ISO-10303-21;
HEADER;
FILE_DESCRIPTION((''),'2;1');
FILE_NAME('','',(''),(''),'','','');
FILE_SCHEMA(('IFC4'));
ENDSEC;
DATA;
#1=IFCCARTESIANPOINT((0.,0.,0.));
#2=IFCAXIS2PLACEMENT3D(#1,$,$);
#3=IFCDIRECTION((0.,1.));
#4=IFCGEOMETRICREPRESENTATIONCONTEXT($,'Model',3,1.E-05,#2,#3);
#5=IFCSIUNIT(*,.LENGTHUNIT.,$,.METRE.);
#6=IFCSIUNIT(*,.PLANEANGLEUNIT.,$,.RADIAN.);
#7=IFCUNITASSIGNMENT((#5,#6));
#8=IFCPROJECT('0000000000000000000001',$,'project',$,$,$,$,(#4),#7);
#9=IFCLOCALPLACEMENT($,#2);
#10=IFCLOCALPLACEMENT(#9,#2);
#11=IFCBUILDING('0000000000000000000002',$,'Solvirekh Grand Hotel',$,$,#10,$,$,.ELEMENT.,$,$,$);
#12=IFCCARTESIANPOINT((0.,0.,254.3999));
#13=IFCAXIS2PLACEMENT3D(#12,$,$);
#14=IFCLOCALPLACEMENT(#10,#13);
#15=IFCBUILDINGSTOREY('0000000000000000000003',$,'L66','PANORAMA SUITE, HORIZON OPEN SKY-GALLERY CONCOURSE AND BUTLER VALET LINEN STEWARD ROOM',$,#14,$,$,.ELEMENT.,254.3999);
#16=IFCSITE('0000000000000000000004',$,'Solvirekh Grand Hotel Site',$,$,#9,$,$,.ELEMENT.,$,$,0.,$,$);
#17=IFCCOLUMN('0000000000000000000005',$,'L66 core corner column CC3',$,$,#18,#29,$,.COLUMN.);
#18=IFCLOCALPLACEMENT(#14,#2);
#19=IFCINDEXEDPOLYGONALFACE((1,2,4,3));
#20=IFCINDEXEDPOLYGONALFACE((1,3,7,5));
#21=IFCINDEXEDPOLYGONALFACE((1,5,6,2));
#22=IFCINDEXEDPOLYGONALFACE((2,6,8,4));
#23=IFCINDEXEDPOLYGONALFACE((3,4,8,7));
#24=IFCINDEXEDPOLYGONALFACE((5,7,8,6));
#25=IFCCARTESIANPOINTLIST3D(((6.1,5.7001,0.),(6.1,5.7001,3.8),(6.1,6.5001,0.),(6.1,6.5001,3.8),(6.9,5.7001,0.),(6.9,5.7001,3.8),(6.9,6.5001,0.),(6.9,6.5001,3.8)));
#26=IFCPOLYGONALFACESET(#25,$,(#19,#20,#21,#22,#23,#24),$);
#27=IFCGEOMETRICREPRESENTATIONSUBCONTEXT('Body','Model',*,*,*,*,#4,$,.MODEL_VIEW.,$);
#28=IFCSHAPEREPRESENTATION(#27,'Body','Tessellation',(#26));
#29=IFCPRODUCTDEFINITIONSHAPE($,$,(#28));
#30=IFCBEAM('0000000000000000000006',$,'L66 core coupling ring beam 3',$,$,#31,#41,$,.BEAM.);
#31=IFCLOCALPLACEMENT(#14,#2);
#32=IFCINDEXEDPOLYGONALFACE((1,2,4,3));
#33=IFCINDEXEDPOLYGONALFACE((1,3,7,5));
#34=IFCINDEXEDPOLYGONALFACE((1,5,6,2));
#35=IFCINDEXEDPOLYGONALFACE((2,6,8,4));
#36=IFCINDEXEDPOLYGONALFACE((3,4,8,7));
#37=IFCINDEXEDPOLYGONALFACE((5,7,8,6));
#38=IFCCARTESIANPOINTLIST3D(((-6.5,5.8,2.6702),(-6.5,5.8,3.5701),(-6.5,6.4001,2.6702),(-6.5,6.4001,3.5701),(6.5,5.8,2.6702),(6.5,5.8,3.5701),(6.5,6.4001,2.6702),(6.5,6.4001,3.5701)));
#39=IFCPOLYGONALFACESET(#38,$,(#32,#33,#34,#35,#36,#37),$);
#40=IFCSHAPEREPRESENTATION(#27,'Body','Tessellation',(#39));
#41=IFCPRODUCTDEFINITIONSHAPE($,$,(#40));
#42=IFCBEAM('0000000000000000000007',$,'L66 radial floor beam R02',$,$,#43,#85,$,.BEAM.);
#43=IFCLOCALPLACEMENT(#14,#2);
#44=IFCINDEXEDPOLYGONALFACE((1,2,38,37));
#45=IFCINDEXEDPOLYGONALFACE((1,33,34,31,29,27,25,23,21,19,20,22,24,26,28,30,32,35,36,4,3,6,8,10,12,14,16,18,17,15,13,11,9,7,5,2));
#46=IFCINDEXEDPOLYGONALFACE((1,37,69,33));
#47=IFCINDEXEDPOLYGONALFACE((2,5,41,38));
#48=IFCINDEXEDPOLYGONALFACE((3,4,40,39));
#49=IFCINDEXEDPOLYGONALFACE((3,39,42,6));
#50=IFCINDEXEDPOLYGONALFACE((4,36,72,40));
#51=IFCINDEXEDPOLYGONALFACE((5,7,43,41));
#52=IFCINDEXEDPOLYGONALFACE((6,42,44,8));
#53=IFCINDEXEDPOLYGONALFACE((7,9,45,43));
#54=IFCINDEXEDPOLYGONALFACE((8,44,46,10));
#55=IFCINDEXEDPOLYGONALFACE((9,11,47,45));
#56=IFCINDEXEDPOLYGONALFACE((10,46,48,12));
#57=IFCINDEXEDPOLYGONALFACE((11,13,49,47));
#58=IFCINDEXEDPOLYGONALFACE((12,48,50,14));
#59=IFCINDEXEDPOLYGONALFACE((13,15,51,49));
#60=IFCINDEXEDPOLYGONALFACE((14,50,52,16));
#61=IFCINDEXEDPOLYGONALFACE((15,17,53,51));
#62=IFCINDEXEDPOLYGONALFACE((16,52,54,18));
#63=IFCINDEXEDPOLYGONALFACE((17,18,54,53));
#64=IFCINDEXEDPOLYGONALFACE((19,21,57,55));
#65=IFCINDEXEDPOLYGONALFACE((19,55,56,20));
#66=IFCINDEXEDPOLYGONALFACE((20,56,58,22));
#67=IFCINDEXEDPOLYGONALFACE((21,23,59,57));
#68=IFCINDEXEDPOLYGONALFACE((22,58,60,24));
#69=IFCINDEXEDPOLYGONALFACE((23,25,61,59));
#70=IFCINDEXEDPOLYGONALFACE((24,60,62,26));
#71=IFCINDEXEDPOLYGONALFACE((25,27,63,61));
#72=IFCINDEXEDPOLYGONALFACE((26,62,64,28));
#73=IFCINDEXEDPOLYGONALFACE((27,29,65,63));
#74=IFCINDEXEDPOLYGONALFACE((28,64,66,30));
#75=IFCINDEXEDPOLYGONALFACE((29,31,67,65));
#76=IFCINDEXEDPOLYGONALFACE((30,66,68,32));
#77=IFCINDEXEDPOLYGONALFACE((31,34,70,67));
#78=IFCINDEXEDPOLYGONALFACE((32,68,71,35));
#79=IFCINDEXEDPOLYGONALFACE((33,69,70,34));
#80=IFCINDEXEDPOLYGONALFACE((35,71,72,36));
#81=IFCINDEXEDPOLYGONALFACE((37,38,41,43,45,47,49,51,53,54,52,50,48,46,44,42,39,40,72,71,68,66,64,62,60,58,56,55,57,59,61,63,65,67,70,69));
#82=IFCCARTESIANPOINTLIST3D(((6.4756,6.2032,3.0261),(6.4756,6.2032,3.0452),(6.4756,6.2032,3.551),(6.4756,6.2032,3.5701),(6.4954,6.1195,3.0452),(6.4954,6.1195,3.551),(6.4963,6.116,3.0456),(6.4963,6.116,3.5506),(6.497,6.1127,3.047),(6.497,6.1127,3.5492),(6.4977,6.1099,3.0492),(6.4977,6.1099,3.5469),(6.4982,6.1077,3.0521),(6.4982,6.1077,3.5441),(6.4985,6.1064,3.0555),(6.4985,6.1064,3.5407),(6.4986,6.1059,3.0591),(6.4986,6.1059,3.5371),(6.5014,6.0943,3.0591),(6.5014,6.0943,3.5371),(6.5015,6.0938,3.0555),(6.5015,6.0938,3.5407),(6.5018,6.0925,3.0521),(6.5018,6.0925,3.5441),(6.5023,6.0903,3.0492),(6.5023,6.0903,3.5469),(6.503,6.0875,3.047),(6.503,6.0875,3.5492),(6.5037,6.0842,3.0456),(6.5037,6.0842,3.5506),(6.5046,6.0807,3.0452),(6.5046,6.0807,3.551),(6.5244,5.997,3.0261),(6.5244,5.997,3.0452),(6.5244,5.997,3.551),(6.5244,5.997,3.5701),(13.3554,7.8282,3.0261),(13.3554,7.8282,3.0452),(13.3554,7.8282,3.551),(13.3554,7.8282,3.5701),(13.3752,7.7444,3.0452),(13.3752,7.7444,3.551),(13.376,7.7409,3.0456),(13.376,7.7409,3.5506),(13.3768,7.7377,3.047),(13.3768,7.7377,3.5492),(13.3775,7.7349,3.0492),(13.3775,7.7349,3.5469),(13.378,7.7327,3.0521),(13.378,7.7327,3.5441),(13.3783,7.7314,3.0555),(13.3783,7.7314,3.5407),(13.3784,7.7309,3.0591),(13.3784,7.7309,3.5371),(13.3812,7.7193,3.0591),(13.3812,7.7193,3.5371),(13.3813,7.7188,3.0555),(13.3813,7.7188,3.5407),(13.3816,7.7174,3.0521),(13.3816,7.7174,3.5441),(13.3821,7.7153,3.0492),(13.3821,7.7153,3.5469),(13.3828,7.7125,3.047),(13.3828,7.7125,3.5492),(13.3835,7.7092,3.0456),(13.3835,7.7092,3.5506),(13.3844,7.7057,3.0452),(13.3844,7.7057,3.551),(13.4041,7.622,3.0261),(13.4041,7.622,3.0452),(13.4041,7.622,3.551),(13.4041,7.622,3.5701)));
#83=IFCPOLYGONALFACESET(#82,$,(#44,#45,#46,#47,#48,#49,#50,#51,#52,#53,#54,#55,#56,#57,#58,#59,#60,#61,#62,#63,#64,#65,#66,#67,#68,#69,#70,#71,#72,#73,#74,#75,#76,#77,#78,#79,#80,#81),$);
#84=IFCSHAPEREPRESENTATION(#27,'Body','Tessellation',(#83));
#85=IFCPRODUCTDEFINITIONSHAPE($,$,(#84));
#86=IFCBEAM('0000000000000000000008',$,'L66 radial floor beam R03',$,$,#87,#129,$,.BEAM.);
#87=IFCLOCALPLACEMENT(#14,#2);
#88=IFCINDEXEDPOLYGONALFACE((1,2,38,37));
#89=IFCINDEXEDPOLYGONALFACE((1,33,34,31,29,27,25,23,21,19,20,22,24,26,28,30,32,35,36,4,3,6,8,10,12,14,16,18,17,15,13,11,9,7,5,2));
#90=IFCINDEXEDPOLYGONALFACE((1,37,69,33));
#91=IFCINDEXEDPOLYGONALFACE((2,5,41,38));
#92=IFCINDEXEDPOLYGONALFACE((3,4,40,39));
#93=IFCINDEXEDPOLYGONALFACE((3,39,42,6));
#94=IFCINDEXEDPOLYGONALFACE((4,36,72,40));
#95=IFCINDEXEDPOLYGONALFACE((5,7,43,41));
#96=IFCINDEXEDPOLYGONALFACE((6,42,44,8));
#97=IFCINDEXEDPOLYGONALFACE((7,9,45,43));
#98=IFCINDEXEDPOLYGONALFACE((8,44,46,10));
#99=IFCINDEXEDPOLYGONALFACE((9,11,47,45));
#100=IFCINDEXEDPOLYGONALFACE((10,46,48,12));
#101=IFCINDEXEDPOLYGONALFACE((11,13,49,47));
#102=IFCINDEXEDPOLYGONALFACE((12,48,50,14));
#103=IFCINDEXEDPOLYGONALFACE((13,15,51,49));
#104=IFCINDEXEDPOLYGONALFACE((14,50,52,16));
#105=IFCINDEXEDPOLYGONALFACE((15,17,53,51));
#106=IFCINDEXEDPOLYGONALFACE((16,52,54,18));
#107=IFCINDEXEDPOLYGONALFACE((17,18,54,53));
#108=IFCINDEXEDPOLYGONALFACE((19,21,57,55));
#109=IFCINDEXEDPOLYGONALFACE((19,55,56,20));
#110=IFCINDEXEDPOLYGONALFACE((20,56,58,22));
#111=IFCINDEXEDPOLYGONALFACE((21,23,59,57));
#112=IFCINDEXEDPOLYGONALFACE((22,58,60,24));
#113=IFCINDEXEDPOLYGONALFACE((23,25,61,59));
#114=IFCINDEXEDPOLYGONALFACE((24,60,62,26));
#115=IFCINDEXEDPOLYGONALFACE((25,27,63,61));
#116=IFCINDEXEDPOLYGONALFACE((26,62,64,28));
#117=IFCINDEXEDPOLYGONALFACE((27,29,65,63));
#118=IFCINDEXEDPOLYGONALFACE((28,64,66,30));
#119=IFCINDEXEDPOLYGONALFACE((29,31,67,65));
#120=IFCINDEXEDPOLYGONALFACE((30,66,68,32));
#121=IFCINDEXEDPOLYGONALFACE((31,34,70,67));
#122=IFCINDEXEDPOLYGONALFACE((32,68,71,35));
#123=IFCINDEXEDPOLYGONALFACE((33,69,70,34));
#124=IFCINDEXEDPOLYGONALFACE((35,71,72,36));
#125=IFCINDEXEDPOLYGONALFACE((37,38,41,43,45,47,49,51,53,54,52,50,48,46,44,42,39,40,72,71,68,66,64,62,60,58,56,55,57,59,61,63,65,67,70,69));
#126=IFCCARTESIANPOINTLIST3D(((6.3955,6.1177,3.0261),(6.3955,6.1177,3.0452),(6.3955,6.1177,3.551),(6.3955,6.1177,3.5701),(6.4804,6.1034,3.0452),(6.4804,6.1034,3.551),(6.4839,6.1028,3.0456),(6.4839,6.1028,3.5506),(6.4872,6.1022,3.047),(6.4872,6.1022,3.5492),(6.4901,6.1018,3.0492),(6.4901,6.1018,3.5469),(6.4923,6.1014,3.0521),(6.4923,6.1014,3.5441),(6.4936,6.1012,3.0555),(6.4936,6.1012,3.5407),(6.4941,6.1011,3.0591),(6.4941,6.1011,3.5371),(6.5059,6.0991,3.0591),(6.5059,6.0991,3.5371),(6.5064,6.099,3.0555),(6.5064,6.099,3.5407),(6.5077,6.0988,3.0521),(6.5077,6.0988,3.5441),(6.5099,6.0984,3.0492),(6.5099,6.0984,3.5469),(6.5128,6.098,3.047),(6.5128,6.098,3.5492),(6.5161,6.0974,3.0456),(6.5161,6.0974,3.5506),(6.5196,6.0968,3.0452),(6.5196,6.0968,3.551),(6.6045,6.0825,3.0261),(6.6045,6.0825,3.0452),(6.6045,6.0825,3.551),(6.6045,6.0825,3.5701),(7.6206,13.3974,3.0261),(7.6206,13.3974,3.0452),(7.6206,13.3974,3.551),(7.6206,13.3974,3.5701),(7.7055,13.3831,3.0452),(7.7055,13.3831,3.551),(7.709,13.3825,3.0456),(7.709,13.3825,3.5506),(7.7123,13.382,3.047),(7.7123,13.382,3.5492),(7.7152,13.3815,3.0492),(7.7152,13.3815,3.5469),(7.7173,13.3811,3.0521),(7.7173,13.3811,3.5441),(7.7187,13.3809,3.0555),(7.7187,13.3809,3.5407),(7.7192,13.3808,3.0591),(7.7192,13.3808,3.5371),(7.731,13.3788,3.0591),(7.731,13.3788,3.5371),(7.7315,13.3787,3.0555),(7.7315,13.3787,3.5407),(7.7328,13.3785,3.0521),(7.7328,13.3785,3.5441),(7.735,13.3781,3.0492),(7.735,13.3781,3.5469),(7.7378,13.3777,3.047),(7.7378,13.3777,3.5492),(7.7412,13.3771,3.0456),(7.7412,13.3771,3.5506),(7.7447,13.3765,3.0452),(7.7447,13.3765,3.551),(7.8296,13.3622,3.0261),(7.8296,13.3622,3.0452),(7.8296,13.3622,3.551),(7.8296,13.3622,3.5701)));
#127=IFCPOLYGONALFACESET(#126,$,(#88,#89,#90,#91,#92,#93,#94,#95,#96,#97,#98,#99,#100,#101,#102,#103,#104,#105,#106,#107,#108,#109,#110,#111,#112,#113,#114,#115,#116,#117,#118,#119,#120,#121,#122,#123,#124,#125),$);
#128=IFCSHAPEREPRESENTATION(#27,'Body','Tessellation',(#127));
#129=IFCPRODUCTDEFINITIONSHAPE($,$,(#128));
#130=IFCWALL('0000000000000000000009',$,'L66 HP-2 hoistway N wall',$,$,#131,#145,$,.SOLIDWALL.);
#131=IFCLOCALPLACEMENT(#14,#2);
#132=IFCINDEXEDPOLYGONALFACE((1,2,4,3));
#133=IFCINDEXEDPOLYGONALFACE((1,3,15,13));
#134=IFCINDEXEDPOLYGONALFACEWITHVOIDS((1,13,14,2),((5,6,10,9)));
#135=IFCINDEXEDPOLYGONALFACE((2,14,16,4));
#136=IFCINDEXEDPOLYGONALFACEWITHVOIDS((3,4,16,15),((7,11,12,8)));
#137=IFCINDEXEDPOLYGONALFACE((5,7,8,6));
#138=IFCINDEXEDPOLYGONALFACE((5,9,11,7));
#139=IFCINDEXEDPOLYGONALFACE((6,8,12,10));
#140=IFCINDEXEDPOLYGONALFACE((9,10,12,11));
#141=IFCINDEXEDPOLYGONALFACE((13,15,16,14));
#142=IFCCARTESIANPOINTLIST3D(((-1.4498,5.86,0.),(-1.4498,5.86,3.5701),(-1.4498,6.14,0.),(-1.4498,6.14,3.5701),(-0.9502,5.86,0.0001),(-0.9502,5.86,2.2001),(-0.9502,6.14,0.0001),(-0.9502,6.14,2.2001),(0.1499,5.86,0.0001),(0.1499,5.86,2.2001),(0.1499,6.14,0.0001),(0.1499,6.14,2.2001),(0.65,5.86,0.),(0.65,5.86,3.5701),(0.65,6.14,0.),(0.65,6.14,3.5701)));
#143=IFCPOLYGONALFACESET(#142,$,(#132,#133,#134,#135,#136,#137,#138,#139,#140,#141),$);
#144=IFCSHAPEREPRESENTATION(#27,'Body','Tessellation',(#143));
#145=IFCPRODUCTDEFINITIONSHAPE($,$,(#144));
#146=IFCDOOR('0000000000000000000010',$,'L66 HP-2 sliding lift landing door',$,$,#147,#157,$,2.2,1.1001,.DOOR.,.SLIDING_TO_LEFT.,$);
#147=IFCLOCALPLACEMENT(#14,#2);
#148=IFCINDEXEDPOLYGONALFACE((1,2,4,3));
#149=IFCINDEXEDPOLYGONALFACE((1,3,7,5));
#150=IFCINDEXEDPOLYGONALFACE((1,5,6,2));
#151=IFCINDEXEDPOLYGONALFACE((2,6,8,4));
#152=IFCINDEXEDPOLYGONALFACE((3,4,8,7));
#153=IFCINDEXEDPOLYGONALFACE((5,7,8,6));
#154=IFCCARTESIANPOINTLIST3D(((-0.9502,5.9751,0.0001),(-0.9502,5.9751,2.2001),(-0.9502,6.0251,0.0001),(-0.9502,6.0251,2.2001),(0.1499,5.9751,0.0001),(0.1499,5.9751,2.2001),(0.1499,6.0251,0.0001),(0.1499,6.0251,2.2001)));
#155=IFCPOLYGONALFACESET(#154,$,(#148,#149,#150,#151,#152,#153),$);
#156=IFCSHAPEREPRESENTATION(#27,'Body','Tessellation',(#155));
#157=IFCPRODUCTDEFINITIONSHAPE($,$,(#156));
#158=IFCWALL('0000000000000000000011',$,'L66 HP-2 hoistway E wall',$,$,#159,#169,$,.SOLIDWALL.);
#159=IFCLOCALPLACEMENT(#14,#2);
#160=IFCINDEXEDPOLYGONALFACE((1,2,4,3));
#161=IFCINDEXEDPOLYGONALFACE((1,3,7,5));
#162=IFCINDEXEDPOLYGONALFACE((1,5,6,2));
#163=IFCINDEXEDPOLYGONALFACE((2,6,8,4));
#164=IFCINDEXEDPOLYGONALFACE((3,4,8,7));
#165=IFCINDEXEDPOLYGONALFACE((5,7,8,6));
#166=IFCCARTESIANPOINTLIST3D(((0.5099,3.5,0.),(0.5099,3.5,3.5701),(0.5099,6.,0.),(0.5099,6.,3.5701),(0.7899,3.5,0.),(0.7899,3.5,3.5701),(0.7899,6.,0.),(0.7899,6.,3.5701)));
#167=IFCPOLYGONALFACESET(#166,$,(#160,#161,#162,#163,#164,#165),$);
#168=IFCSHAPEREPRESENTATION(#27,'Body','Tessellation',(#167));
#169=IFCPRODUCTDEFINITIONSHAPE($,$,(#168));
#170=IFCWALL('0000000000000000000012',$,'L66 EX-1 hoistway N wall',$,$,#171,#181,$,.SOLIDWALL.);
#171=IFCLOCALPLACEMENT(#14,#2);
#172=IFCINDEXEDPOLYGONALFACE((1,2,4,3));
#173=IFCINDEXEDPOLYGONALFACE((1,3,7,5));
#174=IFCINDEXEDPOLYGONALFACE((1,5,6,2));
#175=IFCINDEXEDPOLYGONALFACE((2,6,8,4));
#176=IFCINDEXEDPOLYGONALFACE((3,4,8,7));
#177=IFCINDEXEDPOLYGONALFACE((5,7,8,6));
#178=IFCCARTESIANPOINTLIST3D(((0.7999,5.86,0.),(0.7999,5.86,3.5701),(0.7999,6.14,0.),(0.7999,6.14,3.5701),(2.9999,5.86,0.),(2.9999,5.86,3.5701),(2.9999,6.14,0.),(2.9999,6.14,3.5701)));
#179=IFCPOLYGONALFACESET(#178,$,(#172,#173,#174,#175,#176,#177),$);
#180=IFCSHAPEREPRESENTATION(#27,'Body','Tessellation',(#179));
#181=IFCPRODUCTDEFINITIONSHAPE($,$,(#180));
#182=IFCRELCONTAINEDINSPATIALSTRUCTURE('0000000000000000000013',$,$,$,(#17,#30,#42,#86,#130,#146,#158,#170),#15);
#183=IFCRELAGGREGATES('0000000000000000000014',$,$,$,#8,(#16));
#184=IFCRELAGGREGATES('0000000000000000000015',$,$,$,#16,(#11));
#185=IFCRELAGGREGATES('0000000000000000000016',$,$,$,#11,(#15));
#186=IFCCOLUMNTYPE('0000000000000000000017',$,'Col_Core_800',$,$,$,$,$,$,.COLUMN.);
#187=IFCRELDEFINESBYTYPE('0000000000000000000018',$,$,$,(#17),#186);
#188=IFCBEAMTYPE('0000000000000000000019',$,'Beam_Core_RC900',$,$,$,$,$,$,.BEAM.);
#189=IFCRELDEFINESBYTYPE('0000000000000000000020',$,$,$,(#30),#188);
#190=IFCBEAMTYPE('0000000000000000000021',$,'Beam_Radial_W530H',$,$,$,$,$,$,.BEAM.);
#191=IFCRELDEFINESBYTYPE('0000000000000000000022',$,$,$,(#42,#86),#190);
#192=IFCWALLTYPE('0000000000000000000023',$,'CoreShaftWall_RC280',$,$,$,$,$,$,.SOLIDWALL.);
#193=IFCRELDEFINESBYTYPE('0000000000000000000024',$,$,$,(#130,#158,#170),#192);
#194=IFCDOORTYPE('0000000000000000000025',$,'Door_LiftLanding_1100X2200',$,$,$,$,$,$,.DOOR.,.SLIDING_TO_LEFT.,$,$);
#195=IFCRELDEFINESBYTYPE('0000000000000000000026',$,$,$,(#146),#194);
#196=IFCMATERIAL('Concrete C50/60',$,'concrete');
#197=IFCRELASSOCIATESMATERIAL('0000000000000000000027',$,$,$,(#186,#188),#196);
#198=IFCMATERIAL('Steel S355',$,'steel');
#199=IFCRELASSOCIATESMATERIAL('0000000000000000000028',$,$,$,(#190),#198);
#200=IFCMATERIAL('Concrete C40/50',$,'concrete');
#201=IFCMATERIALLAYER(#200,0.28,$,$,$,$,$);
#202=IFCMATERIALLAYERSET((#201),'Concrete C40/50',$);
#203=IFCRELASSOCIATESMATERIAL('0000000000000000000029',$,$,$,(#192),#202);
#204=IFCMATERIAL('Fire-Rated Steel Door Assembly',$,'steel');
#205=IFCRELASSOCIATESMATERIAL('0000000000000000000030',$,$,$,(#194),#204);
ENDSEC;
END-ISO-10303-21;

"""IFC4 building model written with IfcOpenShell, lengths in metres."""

from ifc_helpers import new_model, si_unit, direction, frame, frame_2d, origin, origin_2d, place, context, subcontext, project, spatial, rectangle, i_section, extrude, material, layer, layer_set, material_profile, profile_set, type_object, element, fill, save


model = new_model("IFC4")

# Units and contexts
model_context = context("Model", 3, precision=1e-05, world=origin(), true_north=direction((0.0, 1.0)))
body_context = subcontext(model_context, "Body", "Model", "MODEL_VIEW")
ifc_project = project(units=[si_unit("LENGTHUNIT", "METRE"), si_unit("PLANEANGLEUNIT", "RADIAN")], contexts=[model_context])

# Site, building, storey
site_placement = place(None, origin())
site = spatial("IfcSite", under=ifc_project, at=site_placement, Name="Solvirekh Grand Hotel Site", CompositionType="ELEMENT", RefElevation=0.0)
building_placement = place(site_placement, origin())
building = spatial("IfcBuilding", under=site, at=building_placement, Name="Solvirekh Grand Hotel", CompositionType="ELEMENT")
storey_placement = place(building_placement, frame((0.0, 0.0, 254.3999)))
storey = spatial("IfcBuildingStorey", under=building, at=storey_placement, Name="L66", Description="PANORAMA SUITE, HORIZON OPEN SKY-GALLERY CONCOURSE AND BUTLER VALET LINEN STEWARD ROOM", CompositionType="ELEMENT", Elevation=254.3999)

# Column
ifc_material_1 = material(Name="Concrete C50/60", Category="concrete")
ifc_material_profile_1 = material_profile(ifc_material_1, rectangle(XDim=0.8, YDim=0.8, at=origin_2d()), Name="RC 800X800")
ifc_profile_set_1 = profile_set([ifc_material_profile_1], Name="Concrete C50/60")
column_type = type_object("IfcColumnType", Name="Col_Core_800", PredefinedType="COLUMN", material=ifc_profile_set_1)
column_placement = place(storey_placement, frame((6.5, 6.1001, 0.0), z_axis=(0.0, 0.0, 1.0), x_axis=(1.0, 0.0, 0.0)))
element("IfcColumn", 1, at=column_placement, inside=storey, type_object=column_type, Name="L66 core corner column CC3", PredefinedType="COLUMN", context=body_context, shape_type="SweptSolid", body=[
    extrude(rectangle(XDim=0.8, YDim=0.8, at=origin_2d()), origin(), (0.0, 0.0, 1.0), 3.8),
])

# Beams
ifc_material_profile_2 = material_profile(ifc_material_1, rectangle(XDim=0.6001, YDim=0.8999, at=origin_2d()), Name="RC BEAM 600X900")
ifc_profile_set_2 = profile_set([ifc_material_profile_2], Name="Concrete C50/60")
beam_type_1 = type_object("IfcBeamType", Name="Beam_Core_RC900", PredefinedType="BEAM", material=ifc_profile_set_2)
beam_1_placement = place(storey_placement, frame((6.5, 6.1001, 3.1201), z_axis=(-1.0, 0.0, 0.0), x_axis=(0.0, -1.0, 0.0)))
element("IfcBeam", 2, at=beam_1_placement, inside=storey, type_object=beam_type_1, Name="L66 core coupling ring beam 3", PredefinedType="BEAM", context=body_context, shape_type="SweptSolid", body=[
    extrude(rectangle(XDim=0.6001, YDim=0.8999, at=origin_2d()), origin(), (0.0, 0.0, 1.0), 13.0),
])
ifc_material_2 = material(Name="Steel S355", Category="steel")
ifc_material_profile_3 = material_profile(ifc_material_2, i_section(OverallWidth=0.2119, OverallDepth=0.5439, WebThickness=0.012, FlangeThickness=0.019, FilletRadius=0.0139, at=origin_2d()), Name="W530X123")
ifc_profile_set_3 = profile_set([ifc_material_profile_3], Name="Steel S355")
beam_type_2 = type_object("IfcBeamType", Name="Beam_Radial_W530H", PredefinedType="BEAM", material=ifc_profile_set_3)
beam_2_placement = place(storey_placement, frame((6.5, 6.1001, 3.2981), z_axis=(0.973221, 0.229871, 0.0), x_axis=(-0.229871, 0.973221, 0.0)))
element("IfcBeam", 3, at=beam_2_placement, inside=storey, type_object=beam_type_2, Name="L66 radial floor beam R02", PredefinedType="BEAM", context=body_context, shape_type="SweptSolid", body=[
    extrude(i_section(OverallWidth=0.2119, OverallDepth=0.5439, WebThickness=0.012, FlangeThickness=0.019, FilletRadius=0.0139, at=origin_2d()), origin(), (0.0, 0.0, 1.0), 7.0691),
])
beam_3_placement = place(storey_placement, frame((6.5, 6.1001, 3.2981), z_axis=(0.165954, 0.986133, 0.0), x_axis=(-0.986133, 0.165954, 0.0)))
element("IfcBeam", 4, at=beam_3_placement, inside=storey, type_object=beam_type_2, Name="L66 radial floor beam R03", PredefinedType="BEAM", context=body_context, shape_type="SweptSolid", body=[
    extrude(i_section(OverallWidth=0.2119, OverallDepth=0.5439, WebThickness=0.012, FlangeThickness=0.019, FilletRadius=0.0139, at=origin_2d()), origin(), (0.0, 0.0, 1.0), 7.3821),
])

# Wall, opening, door
ifc_material_3 = material(Name="Concrete C40/50", Category="concrete")
ifc_layer_1 = layer(ifc_material_3, 0.28)
ifc_layer_set_1 = layer_set([ifc_layer_1], Name="Concrete C40/50")
wall_type_1 = type_object("IfcWallType", Name="CoreShaftWall_RC280", PredefinedType="SOLIDWALL", material=ifc_layer_set_1)
wall_1_placement = place(storey_placement, frame((0.6499, 6.0, 0.0), z_axis=(0.0, 0.0, 1.0), x_axis=(-1.0, 0.0, 0.0)))
wall_1 = element("IfcWall", 5, at=wall_1_placement, inside=storey, type_object=wall_type_1, Name="L66 HP-2 hoistway N wall", PredefinedType="SOLIDWALL", context=body_context, shape_type="SweptSolid", body=[
    extrude(rectangle(XDim=2.0999, YDim=0.28, at=frame_2d((1.0498, 0.0))), origin(), (0.0, 0.0, 1.0), 3.5701),
])
opening_1_placement = place(wall_1_placement, frame((0.5, 0.0, 0.0)))
opening_1 = element("IfcOpeningElement", 6, at=opening_1_placement, cuts=wall_1, PredefinedType="OPENING", context=body_context, shape_type="SweptSolid", body=[
    extrude(rectangle(XDim=1.1001, YDim=2.2, at=frame_2d((0.55, 1.1001))), frame((0.0, 0.1499, 0.0), z_axis=(0.0, -1.0, 0.0), x_axis=(1.0, 0.0, 0.0)), (0.0, 0.0, 1.0), 0.3),
])
ifc_material_4 = material(Name="Fire-Rated Steel Door Assembly", Category="steel")
door_type = type_object("IfcDoorType", Name="Door_LiftLanding_1100X2200", OperationType="SLIDING_TO_LEFT", PredefinedType="DOOR", material=ifc_material_4)
door_placement = place(opening_1_placement, origin())
door = element("IfcDoor", 7, at=door_placement, inside=storey, type_object=door_type, Name="L66 HP-2 sliding lift landing door", OperationType="SLIDING_TO_LEFT", OverallHeight=2.2, OverallWidth=1.1001, PredefinedType="DOOR", context=body_context, shape_type="SweptSolid", body=[
    extrude(rectangle(XDim=1.1001, YDim=2.2, at=frame_2d((0.55, 1.1001))), frame((0.0, 0.0249, 0.0), z_axis=(0.0, -1.0, 0.0), x_axis=(1.0, 0.0, 0.0)), (0.0, 0.0, 1.0), 0.05),
])
fill(opening_1, door)

# Walls
wall_2_placement = place(storey_placement, frame((0.6499, 3.5, 0.0), z_axis=(0.0, 0.0, 1.0), x_axis=(0.0, 1.0, 0.0)))
element("IfcWall", 8, at=wall_2_placement, inside=storey, type_object=wall_type_1, Name="L66 HP-2 hoistway E wall", PredefinedType="SOLIDWALL", context=body_context, shape_type="SweptSolid", body=[
    extrude(rectangle(XDim=2.5, YDim=0.28, at=frame_2d((1.25, 0.0))), origin(), (0.0, 0.0, 1.0), 3.5701),
])
wall_3_placement = place(storey_placement, frame((3.0, 6.0, 0.0), z_axis=(0.0, 0.0, 1.0), x_axis=(-1.0, 0.0, 0.0)))
element("IfcWall", 9, at=wall_3_placement, inside=storey, type_object=wall_type_1, Name="L66 EX-1 hoistway N wall", PredefinedType="SOLIDWALL", context=body_context, shape_type="SweptSolid", body=[
    extrude(rectangle(XDim=2.2, YDim=0.28, at=frame_2d((1.1001, 0.0))), origin(), (0.0, 0.0, 1.0), 3.5701),
])

save(model, "model.ifc")
